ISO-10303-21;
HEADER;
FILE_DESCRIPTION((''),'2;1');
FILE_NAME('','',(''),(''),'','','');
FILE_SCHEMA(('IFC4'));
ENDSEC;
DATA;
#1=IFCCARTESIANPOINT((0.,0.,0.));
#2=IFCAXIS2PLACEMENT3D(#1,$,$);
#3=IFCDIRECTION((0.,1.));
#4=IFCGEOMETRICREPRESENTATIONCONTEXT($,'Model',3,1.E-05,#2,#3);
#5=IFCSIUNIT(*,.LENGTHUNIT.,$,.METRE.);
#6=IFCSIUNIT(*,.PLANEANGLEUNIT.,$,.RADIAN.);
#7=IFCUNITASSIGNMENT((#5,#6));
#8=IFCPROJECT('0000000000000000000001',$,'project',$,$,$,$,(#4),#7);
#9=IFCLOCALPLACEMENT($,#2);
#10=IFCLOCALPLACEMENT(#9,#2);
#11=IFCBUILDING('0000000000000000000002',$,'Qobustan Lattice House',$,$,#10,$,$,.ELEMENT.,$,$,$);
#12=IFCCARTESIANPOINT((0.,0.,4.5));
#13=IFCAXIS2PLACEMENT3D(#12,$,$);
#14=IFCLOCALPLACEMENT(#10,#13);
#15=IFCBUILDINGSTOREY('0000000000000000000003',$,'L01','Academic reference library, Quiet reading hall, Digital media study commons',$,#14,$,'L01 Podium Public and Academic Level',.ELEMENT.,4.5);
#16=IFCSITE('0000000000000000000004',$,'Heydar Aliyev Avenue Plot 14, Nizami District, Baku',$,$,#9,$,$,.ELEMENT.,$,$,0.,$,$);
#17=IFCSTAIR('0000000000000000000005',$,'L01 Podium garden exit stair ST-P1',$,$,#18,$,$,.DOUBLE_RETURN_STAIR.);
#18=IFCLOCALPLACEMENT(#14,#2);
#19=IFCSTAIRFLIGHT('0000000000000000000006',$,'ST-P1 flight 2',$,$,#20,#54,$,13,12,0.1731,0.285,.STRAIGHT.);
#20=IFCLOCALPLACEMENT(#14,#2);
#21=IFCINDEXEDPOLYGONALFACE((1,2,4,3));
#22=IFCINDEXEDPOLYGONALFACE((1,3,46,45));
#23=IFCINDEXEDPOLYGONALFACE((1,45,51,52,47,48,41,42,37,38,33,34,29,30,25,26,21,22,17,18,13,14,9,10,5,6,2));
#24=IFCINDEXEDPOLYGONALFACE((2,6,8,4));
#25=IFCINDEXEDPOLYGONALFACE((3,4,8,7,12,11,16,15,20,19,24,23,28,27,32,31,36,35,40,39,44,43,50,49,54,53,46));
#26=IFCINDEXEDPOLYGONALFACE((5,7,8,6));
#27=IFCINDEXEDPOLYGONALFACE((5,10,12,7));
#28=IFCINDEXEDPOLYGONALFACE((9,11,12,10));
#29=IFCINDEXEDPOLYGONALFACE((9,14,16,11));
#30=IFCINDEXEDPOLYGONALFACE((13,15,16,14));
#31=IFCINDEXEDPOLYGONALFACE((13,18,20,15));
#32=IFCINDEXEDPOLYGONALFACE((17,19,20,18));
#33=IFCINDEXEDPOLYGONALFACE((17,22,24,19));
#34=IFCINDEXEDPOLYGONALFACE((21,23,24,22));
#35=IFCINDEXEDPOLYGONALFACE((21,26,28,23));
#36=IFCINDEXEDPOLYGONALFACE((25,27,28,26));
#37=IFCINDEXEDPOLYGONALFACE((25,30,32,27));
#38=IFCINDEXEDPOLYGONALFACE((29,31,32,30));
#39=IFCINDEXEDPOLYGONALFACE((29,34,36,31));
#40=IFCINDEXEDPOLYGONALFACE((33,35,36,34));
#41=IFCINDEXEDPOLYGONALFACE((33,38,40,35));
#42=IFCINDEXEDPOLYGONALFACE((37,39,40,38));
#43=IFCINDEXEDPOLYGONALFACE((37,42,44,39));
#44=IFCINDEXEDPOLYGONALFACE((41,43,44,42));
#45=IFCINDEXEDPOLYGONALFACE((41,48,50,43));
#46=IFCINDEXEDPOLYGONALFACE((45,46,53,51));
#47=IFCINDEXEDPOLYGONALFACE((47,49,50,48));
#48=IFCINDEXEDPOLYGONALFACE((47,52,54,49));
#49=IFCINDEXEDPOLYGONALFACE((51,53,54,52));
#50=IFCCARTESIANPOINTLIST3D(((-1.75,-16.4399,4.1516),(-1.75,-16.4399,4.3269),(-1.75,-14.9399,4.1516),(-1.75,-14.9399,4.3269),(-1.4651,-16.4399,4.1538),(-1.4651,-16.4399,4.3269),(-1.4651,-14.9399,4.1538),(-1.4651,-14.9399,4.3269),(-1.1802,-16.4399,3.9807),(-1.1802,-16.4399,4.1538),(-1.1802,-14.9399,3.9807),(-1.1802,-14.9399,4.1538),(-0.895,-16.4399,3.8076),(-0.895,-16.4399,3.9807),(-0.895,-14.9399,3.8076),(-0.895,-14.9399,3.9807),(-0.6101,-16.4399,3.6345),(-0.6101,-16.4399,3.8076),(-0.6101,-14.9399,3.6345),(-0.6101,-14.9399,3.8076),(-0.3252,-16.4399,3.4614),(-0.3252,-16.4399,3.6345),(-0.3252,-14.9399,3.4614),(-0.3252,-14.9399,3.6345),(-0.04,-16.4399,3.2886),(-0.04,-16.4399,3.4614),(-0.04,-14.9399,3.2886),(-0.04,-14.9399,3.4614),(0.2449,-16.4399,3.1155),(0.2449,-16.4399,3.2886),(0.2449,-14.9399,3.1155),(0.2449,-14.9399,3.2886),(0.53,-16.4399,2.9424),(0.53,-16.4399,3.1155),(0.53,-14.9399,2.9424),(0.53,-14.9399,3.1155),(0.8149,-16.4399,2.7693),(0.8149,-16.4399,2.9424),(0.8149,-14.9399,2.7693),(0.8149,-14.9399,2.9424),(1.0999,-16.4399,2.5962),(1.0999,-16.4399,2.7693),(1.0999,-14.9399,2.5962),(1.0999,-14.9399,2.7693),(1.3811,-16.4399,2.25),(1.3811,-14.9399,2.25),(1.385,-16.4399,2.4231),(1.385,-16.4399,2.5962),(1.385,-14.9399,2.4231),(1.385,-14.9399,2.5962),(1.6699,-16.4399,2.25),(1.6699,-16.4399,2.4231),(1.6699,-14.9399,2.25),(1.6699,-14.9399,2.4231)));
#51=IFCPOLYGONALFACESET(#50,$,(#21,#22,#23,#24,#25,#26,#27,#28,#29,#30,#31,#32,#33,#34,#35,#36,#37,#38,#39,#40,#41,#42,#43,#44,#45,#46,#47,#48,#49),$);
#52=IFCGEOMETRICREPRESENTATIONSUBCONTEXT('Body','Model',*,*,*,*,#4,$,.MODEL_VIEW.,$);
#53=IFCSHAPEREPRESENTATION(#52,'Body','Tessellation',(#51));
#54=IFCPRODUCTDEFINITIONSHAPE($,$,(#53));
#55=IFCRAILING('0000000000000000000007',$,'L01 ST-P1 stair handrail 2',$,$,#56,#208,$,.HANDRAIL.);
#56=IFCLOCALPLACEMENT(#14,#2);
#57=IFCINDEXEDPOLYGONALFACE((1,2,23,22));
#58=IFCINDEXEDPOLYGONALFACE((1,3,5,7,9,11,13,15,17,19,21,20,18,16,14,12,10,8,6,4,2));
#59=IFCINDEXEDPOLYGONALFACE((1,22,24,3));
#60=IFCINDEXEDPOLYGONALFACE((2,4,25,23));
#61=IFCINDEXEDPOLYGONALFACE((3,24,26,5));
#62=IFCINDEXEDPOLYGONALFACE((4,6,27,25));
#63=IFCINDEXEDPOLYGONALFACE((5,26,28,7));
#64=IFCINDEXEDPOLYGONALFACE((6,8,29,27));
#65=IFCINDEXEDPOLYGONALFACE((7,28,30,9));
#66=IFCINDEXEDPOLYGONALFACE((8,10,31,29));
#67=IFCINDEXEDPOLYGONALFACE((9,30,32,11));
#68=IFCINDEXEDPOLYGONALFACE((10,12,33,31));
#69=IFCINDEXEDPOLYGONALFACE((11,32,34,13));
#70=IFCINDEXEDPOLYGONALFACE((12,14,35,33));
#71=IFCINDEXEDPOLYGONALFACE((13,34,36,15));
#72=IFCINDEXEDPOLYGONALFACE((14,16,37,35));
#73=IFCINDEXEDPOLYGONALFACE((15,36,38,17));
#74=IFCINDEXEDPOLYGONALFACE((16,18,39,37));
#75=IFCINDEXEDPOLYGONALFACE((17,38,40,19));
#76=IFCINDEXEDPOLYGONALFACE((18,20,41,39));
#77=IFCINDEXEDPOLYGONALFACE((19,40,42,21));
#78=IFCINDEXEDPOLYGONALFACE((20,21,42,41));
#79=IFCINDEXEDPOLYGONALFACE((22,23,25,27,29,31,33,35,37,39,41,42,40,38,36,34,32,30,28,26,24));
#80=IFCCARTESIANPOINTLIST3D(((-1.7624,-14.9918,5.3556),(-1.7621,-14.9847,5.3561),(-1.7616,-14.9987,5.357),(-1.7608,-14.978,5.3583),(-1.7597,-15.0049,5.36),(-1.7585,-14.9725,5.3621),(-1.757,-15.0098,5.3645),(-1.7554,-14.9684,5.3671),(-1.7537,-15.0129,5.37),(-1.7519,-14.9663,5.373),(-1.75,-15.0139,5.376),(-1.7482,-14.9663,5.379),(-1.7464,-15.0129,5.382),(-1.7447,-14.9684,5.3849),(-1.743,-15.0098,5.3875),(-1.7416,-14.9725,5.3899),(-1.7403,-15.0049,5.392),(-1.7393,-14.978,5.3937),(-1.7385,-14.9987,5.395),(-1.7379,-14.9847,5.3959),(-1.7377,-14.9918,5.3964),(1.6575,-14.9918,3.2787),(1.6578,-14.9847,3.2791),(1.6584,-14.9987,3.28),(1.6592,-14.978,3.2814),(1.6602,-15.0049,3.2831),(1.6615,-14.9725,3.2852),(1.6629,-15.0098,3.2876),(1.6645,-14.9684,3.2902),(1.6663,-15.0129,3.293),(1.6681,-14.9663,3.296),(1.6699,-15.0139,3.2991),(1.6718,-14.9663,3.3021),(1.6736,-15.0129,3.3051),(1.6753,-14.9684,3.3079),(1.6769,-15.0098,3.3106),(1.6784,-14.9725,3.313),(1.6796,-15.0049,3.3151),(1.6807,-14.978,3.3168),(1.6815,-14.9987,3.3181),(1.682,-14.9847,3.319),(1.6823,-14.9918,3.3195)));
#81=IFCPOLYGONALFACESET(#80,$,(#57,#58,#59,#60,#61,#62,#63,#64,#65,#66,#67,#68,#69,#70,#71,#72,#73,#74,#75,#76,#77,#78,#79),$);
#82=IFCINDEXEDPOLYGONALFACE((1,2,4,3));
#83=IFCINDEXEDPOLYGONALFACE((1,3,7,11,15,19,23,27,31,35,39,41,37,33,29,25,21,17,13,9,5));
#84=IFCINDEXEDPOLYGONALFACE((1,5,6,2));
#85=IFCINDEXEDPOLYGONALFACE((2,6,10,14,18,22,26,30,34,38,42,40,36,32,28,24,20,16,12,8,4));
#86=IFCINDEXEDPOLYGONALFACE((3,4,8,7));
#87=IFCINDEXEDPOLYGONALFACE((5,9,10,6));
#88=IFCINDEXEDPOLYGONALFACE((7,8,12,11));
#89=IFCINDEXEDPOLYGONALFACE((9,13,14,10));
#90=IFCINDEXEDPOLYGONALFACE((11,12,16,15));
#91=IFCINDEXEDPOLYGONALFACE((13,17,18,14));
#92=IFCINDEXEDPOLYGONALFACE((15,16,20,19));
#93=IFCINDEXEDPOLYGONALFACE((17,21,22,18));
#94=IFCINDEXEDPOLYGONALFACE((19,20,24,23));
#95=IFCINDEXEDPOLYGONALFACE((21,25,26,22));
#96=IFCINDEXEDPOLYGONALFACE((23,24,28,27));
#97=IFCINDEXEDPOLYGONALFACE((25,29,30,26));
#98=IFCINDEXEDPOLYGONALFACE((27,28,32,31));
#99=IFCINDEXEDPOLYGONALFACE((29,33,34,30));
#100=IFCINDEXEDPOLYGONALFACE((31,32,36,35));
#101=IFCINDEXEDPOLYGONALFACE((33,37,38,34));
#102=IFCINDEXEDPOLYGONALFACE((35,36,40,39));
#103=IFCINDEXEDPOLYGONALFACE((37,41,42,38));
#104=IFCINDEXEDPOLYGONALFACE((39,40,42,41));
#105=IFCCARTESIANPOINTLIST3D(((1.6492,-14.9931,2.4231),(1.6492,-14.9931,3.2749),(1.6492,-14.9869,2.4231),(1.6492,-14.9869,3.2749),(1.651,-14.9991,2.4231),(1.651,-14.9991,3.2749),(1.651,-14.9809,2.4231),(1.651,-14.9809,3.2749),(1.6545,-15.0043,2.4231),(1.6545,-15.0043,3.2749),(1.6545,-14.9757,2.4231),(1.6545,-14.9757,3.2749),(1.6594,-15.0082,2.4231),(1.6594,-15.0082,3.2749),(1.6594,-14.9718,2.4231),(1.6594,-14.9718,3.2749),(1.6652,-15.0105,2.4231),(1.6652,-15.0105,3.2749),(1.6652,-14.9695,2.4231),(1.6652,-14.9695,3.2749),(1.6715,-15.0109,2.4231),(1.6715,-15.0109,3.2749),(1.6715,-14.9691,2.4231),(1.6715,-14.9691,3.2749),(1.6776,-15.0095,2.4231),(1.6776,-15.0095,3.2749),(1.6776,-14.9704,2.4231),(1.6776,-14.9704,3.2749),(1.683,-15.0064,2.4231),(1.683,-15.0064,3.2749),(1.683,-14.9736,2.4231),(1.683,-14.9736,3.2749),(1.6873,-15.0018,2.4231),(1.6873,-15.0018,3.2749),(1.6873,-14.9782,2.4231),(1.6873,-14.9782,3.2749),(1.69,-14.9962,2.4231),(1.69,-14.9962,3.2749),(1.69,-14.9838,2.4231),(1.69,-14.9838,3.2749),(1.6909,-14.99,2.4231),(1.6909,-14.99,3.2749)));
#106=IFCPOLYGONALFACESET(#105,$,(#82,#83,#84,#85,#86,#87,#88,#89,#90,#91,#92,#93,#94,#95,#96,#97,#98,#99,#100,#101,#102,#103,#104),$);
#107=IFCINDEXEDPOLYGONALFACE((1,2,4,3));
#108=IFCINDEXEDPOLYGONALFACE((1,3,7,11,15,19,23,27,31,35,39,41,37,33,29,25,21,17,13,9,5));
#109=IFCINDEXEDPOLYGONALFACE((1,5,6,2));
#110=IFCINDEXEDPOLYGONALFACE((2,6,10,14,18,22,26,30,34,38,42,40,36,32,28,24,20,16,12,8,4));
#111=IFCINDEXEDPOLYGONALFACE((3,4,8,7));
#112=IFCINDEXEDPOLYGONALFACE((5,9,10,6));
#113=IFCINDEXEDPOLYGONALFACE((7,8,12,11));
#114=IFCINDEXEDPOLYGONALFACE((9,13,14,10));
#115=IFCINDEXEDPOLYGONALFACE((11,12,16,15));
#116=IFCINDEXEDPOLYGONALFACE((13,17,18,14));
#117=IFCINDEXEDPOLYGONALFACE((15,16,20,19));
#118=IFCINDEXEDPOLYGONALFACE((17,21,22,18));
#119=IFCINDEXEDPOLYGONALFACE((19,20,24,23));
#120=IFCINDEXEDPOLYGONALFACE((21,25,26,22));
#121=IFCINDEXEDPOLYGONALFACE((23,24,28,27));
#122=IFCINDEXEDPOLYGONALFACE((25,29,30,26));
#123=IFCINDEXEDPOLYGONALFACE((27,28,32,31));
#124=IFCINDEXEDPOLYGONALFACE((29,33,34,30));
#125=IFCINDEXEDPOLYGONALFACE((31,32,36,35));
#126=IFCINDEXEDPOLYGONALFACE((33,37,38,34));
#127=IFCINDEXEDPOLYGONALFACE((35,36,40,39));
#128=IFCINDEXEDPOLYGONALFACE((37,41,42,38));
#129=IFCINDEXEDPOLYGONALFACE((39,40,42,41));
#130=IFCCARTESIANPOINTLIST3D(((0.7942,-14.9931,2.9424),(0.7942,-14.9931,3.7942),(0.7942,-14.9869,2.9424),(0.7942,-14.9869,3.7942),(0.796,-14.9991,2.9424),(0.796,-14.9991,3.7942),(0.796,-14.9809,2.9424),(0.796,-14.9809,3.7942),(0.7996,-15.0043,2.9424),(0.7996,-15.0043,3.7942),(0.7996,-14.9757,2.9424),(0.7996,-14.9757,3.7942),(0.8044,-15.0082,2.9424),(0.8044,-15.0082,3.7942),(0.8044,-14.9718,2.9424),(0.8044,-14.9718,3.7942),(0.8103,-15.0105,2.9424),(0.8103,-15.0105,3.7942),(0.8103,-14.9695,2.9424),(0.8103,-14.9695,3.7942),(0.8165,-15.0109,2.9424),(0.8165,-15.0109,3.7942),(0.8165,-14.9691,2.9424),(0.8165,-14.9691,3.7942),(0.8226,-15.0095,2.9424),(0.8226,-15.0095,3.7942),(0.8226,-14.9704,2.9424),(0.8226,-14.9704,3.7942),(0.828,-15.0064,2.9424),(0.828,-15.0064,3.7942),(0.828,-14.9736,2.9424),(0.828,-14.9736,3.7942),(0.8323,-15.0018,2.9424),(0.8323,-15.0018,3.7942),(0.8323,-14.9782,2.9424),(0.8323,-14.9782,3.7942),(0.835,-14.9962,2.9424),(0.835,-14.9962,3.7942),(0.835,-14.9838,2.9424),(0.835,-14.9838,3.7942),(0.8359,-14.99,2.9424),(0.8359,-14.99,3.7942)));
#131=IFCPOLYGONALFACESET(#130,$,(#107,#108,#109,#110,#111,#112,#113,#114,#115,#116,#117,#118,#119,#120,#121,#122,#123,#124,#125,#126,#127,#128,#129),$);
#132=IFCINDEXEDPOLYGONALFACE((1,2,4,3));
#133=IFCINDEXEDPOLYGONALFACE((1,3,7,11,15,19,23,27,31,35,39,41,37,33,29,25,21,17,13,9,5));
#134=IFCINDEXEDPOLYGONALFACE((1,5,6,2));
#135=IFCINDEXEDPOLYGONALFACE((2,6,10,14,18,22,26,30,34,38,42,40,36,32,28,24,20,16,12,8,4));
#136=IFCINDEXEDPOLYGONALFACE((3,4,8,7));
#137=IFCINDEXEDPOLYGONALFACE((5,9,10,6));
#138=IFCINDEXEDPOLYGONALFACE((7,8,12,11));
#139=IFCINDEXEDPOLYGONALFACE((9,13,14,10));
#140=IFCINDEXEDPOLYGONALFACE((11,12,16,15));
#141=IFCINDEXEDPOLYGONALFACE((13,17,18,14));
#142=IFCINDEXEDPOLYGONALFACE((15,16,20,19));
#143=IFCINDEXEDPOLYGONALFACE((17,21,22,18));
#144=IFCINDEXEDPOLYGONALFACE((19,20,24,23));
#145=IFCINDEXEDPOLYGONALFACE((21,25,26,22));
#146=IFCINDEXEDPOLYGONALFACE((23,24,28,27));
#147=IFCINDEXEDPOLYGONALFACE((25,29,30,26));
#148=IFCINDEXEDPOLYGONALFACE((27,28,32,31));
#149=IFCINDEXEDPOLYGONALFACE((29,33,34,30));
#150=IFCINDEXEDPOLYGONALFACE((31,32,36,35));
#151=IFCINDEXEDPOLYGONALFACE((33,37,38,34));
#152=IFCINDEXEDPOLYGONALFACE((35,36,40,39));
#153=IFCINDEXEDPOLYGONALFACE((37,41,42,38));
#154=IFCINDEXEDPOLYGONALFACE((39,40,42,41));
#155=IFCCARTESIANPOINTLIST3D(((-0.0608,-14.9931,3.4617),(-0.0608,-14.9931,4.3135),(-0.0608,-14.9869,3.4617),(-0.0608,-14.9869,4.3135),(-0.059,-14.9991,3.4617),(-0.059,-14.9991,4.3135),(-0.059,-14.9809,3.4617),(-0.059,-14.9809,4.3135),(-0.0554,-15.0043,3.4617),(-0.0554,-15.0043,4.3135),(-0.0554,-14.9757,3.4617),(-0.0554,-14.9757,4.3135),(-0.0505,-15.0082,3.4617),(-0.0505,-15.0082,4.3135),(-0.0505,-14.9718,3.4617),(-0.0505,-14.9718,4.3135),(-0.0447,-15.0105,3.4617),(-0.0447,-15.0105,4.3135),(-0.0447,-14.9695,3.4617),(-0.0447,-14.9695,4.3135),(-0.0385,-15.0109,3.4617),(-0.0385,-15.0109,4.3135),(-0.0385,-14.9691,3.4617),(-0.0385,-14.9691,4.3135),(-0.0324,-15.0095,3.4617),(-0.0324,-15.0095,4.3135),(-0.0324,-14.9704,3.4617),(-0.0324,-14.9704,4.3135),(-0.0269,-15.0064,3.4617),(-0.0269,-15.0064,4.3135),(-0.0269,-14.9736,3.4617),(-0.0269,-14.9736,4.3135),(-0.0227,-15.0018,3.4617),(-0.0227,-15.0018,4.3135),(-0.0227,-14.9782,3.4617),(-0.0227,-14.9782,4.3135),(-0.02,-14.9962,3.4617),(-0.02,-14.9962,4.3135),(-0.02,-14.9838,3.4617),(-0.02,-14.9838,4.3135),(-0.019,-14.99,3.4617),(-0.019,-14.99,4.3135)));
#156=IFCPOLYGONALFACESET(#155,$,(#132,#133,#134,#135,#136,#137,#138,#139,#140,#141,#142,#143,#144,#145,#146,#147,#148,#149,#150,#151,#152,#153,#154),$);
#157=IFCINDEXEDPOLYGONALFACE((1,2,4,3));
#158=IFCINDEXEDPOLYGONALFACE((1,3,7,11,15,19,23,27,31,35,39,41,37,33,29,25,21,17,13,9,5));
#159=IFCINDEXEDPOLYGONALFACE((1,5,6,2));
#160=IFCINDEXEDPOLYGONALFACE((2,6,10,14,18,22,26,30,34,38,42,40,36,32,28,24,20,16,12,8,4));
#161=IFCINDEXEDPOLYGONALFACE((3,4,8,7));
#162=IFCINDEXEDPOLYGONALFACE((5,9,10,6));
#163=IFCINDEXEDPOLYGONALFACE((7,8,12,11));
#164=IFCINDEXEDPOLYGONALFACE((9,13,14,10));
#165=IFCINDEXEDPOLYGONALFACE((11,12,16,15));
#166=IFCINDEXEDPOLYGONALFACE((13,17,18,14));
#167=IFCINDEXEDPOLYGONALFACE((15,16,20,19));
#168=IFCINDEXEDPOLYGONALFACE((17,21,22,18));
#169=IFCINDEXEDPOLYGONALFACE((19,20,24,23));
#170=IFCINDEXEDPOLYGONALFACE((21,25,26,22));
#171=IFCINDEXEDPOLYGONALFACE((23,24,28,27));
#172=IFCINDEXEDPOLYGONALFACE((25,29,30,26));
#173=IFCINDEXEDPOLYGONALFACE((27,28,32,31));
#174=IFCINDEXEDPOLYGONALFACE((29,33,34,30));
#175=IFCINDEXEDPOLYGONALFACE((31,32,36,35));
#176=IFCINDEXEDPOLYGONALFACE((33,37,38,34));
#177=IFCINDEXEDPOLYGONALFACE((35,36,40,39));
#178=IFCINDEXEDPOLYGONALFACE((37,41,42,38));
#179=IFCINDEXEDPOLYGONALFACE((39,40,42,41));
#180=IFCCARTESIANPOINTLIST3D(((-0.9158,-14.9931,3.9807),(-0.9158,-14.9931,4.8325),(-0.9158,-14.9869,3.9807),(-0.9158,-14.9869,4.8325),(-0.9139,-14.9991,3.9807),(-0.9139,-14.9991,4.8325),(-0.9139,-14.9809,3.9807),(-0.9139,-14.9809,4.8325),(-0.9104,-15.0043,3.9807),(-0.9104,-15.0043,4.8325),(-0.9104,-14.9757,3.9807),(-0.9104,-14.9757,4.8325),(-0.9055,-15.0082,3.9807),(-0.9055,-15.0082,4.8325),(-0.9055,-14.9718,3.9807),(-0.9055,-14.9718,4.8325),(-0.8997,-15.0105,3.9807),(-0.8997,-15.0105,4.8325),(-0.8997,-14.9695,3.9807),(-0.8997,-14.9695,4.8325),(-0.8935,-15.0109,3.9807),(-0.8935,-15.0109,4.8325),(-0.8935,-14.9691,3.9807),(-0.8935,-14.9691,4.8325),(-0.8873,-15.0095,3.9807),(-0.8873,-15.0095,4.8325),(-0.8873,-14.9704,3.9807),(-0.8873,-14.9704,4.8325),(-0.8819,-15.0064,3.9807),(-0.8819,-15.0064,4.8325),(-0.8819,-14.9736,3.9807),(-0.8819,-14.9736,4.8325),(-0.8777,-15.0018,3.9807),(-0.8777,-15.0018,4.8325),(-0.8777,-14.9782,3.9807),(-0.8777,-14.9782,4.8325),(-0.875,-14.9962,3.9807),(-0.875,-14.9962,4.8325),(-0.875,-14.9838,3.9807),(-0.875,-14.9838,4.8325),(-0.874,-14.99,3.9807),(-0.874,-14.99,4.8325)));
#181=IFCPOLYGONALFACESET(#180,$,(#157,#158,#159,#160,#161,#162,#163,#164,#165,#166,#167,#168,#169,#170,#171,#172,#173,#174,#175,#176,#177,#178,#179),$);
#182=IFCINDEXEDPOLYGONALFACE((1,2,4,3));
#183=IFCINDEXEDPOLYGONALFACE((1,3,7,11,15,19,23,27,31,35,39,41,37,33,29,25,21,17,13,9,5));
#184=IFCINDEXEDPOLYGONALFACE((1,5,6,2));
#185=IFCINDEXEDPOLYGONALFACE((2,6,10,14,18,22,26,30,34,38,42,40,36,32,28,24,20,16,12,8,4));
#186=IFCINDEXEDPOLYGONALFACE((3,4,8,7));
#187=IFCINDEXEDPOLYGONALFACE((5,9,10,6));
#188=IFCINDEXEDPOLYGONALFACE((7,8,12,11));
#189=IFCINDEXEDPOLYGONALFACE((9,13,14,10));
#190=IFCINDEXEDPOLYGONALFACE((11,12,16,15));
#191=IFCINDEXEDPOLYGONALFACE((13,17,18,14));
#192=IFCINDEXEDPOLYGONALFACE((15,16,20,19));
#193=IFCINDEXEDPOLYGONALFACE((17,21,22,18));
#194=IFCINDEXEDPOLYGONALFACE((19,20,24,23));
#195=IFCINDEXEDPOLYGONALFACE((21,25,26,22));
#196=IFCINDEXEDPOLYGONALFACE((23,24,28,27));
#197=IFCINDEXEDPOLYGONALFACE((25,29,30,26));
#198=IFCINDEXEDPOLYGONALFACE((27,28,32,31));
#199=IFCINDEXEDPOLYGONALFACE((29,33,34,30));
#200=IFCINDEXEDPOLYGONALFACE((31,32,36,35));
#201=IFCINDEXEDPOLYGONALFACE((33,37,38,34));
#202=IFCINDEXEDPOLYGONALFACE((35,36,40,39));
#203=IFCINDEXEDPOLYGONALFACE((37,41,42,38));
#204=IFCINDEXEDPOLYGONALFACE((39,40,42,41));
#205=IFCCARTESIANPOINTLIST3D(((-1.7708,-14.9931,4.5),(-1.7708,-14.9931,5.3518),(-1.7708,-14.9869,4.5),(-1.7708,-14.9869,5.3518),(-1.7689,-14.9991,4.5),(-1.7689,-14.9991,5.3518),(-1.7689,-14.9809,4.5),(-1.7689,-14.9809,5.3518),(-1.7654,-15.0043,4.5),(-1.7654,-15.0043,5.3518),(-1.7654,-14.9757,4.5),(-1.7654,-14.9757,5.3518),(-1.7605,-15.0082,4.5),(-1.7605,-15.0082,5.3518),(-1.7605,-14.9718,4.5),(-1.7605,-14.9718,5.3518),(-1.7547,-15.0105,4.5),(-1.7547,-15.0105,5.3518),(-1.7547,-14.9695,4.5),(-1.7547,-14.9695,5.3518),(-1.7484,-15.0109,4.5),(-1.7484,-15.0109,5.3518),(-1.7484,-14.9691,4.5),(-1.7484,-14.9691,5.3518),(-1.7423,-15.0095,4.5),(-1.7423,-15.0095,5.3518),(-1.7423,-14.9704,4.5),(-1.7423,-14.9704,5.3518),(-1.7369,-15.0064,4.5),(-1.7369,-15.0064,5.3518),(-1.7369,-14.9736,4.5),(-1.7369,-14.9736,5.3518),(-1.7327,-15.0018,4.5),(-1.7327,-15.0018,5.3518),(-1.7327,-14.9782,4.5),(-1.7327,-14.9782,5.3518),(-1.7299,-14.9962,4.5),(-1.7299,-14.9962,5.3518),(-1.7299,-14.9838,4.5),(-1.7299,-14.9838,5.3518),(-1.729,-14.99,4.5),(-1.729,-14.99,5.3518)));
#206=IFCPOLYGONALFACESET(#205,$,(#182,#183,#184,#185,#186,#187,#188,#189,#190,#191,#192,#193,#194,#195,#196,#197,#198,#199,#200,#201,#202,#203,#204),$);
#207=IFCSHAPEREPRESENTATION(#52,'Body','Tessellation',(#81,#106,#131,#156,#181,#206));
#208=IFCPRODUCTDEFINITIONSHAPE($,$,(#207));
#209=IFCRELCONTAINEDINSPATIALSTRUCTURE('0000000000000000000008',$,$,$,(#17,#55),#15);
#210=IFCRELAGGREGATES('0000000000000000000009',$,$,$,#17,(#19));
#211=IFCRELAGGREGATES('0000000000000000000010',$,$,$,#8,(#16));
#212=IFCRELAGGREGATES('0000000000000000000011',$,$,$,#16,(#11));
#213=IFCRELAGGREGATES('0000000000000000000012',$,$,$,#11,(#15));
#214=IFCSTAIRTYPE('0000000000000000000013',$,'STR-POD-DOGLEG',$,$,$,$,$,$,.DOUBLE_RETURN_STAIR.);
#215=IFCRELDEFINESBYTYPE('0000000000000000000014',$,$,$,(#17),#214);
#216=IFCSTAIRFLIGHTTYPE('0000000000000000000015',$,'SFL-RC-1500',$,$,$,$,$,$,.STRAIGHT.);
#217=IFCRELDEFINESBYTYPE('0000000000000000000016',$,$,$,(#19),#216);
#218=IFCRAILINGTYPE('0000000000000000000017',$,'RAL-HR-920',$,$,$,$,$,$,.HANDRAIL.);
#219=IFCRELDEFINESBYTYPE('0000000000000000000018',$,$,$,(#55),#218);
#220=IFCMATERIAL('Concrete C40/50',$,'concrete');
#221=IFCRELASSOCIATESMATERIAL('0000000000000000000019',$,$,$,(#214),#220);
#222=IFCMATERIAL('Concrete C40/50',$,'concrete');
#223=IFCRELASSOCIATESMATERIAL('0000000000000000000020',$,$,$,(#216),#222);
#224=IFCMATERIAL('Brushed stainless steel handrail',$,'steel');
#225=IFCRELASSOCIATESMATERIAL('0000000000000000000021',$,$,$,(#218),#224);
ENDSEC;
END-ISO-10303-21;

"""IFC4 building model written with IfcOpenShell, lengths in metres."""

from ifc_helpers import new_model, si_unit, direction, frame, origin, origin_2d, place, context, subcontext, project, spatial, polyline, circle, outline, extrude, material, type_object, element, aggregate, save


model = new_model("IFC4")

# Units and contexts
model_context = context("Model", 3, precision=1e-05, world=origin(), true_north=direction((0.0, 1.0)))
body_context = subcontext(model_context, "Body", "Model", "MODEL_VIEW")
ifc_project = project(units=[si_unit("LENGTHUNIT", "METRE"), si_unit("PLANEANGLEUNIT", "RADIAN")], contexts=[model_context])

# Site, building, storey
site_placement = place(None, origin())
site = spatial("IfcSite", under=ifc_project, at=site_placement, Name="Heydar Aliyev Avenue Plot 14, Nizami District, Baku", CompositionType="ELEMENT", RefElevation=0.0)
building_placement = place(site_placement, origin())
building = spatial("IfcBuilding", under=site, at=building_placement, Name="Qobustan Lattice House", CompositionType="ELEMENT")
storey_placement = place(building_placement, frame((0.0, 0.0, 4.5)))
storey = spatial("IfcBuildingStorey", under=building, at=storey_placement, Name="L01", Description="Academic reference library, Quiet reading hall, Digital media study commons", LongName="L01 Podium Public and Academic Level", CompositionType="ELEMENT", Elevation=4.5)

# Stair, stair flight
ifc_material_1 = material(Name="Concrete C40/50", Category="concrete")
stair_type = type_object("IfcStairType", Name="STR-POD-DOGLEG", PredefinedType="DOUBLE_RETURN_STAIR", material=ifc_material_1)
stair_placement = place(storey_placement, origin())
stair = element("IfcStair", 1, at=stair_placement, inside=storey, type_object=stair_type, Name="L01 Podium garden exit stair ST-P1", PredefinedType="DOUBLE_RETURN_STAIR")
ifc_material_2 = material(Name="Concrete C40/50", Category="concrete")
stair_flight_type = type_object("IfcStairFlightType", Name="SFL-RC-1500", PredefinedType="STRAIGHT", material=ifc_material_2)
stair_flight_placement = place(storey_placement, frame((1.6699, -15.6899, 2.25), z_axis=(0.0, 0.0, 1.0), x_axis=(-1.0, 0.0, 0.0)))
stair_flight = element("IfcStairFlight", 2, at=stair_flight_placement, type_object=stair_flight_type, Name="ST-P1 flight 2", NumberOfRisers=13, NumberOfTreads=12, PredefinedType="STRAIGHT", RiserHeight=0.1731, TreadLength=0.285, context=body_context, shape_type="SweptSolid", body=[
    extrude(outline(polyline([(0.0, 0.0), (0.0, 0.1731), (0.2849, 0.1731), (0.2849, 0.3462), (0.5701, 0.3462), (0.5701, 0.5193), (0.855, 0.5193), (0.855, 0.6924), (1.1399, 0.6924), (1.1399, 0.8655), (1.425, 0.8655), (1.425, 1.0386), (1.71, 1.0386), (1.71, 1.2114), (1.9951, 1.2114), (1.9951, 1.3845), (2.28, 1.3845), (2.28, 1.5576), (2.5649, 1.5576), (2.5649, 1.7307), (2.8501, 1.7307), (2.8501, 1.9038), (3.135, 1.9038), (3.135, 2.0769), (3.4199, 2.0769), (3.4199, 2.25), (3.4199, 1.9016), (0.2888, 0.0), (0.0, 0.0)])), frame((0.0, 0.75, 0.0), z_axis=(0.0, -1.0, 0.0), x_axis=(1.0, 0.0, 0.0)), (0.0, 0.0, 1.0), 1.5),
])
aggregate(stair, [stair_flight])

# Railing
ifc_material_3 = material(Name="Brushed stainless steel handrail", Category="steel")
railing_type_1 = type_object("IfcRailingType", Name="RAL-HR-920", PredefinedType="HANDRAIL", material=ifc_material_3)
railing_1_placement = place(storey_placement, frame((1.6699, -14.99, 2.4231)))
element("IfcRailing", 3, at=railing_1_placement, inside=storey, type_object=railing_type_1, Name="L01 ST-P1 stair handrail 2", PredefinedType="HANDRAIL", context=body_context, shape_type="SweptSolid", body=[
    extrude(circle(Radius=0.0239, at=origin_2d()), frame((0.0, 0.0, 0.876), z_axis=(-0.85473, 0.0, 0.519074), x_axis=(0.0, -1.0, 0.0)), (0.0, 0.0, 1.0), 4.0012),
    extrude(circle(Radius=0.021, at=origin_2d()), origin(), (0.0, 0.0, 1.0), 0.8518),
    extrude(circle(Radius=0.021, at=origin_2d()), frame((-0.855, 0.0, 0.5193)), (0.0, 0.0, 1.0), 0.8518),
    extrude(circle(Radius=0.021, at=origin_2d()), frame((-1.71, 0.0, 1.0386)), (0.0, 0.0, 1.0), 0.8518),
    extrude(circle(Radius=0.021, at=origin_2d()), frame((-2.5649, 0.0, 1.5576)), (0.0, 0.0, 1.0), 0.8518),
    extrude(circle(Radius=0.021, at=origin_2d()), frame((-3.4199, 0.0, 2.0769)), (0.0, 0.0, 1.0), 0.8518),
])

save(model, "model.ifc")
